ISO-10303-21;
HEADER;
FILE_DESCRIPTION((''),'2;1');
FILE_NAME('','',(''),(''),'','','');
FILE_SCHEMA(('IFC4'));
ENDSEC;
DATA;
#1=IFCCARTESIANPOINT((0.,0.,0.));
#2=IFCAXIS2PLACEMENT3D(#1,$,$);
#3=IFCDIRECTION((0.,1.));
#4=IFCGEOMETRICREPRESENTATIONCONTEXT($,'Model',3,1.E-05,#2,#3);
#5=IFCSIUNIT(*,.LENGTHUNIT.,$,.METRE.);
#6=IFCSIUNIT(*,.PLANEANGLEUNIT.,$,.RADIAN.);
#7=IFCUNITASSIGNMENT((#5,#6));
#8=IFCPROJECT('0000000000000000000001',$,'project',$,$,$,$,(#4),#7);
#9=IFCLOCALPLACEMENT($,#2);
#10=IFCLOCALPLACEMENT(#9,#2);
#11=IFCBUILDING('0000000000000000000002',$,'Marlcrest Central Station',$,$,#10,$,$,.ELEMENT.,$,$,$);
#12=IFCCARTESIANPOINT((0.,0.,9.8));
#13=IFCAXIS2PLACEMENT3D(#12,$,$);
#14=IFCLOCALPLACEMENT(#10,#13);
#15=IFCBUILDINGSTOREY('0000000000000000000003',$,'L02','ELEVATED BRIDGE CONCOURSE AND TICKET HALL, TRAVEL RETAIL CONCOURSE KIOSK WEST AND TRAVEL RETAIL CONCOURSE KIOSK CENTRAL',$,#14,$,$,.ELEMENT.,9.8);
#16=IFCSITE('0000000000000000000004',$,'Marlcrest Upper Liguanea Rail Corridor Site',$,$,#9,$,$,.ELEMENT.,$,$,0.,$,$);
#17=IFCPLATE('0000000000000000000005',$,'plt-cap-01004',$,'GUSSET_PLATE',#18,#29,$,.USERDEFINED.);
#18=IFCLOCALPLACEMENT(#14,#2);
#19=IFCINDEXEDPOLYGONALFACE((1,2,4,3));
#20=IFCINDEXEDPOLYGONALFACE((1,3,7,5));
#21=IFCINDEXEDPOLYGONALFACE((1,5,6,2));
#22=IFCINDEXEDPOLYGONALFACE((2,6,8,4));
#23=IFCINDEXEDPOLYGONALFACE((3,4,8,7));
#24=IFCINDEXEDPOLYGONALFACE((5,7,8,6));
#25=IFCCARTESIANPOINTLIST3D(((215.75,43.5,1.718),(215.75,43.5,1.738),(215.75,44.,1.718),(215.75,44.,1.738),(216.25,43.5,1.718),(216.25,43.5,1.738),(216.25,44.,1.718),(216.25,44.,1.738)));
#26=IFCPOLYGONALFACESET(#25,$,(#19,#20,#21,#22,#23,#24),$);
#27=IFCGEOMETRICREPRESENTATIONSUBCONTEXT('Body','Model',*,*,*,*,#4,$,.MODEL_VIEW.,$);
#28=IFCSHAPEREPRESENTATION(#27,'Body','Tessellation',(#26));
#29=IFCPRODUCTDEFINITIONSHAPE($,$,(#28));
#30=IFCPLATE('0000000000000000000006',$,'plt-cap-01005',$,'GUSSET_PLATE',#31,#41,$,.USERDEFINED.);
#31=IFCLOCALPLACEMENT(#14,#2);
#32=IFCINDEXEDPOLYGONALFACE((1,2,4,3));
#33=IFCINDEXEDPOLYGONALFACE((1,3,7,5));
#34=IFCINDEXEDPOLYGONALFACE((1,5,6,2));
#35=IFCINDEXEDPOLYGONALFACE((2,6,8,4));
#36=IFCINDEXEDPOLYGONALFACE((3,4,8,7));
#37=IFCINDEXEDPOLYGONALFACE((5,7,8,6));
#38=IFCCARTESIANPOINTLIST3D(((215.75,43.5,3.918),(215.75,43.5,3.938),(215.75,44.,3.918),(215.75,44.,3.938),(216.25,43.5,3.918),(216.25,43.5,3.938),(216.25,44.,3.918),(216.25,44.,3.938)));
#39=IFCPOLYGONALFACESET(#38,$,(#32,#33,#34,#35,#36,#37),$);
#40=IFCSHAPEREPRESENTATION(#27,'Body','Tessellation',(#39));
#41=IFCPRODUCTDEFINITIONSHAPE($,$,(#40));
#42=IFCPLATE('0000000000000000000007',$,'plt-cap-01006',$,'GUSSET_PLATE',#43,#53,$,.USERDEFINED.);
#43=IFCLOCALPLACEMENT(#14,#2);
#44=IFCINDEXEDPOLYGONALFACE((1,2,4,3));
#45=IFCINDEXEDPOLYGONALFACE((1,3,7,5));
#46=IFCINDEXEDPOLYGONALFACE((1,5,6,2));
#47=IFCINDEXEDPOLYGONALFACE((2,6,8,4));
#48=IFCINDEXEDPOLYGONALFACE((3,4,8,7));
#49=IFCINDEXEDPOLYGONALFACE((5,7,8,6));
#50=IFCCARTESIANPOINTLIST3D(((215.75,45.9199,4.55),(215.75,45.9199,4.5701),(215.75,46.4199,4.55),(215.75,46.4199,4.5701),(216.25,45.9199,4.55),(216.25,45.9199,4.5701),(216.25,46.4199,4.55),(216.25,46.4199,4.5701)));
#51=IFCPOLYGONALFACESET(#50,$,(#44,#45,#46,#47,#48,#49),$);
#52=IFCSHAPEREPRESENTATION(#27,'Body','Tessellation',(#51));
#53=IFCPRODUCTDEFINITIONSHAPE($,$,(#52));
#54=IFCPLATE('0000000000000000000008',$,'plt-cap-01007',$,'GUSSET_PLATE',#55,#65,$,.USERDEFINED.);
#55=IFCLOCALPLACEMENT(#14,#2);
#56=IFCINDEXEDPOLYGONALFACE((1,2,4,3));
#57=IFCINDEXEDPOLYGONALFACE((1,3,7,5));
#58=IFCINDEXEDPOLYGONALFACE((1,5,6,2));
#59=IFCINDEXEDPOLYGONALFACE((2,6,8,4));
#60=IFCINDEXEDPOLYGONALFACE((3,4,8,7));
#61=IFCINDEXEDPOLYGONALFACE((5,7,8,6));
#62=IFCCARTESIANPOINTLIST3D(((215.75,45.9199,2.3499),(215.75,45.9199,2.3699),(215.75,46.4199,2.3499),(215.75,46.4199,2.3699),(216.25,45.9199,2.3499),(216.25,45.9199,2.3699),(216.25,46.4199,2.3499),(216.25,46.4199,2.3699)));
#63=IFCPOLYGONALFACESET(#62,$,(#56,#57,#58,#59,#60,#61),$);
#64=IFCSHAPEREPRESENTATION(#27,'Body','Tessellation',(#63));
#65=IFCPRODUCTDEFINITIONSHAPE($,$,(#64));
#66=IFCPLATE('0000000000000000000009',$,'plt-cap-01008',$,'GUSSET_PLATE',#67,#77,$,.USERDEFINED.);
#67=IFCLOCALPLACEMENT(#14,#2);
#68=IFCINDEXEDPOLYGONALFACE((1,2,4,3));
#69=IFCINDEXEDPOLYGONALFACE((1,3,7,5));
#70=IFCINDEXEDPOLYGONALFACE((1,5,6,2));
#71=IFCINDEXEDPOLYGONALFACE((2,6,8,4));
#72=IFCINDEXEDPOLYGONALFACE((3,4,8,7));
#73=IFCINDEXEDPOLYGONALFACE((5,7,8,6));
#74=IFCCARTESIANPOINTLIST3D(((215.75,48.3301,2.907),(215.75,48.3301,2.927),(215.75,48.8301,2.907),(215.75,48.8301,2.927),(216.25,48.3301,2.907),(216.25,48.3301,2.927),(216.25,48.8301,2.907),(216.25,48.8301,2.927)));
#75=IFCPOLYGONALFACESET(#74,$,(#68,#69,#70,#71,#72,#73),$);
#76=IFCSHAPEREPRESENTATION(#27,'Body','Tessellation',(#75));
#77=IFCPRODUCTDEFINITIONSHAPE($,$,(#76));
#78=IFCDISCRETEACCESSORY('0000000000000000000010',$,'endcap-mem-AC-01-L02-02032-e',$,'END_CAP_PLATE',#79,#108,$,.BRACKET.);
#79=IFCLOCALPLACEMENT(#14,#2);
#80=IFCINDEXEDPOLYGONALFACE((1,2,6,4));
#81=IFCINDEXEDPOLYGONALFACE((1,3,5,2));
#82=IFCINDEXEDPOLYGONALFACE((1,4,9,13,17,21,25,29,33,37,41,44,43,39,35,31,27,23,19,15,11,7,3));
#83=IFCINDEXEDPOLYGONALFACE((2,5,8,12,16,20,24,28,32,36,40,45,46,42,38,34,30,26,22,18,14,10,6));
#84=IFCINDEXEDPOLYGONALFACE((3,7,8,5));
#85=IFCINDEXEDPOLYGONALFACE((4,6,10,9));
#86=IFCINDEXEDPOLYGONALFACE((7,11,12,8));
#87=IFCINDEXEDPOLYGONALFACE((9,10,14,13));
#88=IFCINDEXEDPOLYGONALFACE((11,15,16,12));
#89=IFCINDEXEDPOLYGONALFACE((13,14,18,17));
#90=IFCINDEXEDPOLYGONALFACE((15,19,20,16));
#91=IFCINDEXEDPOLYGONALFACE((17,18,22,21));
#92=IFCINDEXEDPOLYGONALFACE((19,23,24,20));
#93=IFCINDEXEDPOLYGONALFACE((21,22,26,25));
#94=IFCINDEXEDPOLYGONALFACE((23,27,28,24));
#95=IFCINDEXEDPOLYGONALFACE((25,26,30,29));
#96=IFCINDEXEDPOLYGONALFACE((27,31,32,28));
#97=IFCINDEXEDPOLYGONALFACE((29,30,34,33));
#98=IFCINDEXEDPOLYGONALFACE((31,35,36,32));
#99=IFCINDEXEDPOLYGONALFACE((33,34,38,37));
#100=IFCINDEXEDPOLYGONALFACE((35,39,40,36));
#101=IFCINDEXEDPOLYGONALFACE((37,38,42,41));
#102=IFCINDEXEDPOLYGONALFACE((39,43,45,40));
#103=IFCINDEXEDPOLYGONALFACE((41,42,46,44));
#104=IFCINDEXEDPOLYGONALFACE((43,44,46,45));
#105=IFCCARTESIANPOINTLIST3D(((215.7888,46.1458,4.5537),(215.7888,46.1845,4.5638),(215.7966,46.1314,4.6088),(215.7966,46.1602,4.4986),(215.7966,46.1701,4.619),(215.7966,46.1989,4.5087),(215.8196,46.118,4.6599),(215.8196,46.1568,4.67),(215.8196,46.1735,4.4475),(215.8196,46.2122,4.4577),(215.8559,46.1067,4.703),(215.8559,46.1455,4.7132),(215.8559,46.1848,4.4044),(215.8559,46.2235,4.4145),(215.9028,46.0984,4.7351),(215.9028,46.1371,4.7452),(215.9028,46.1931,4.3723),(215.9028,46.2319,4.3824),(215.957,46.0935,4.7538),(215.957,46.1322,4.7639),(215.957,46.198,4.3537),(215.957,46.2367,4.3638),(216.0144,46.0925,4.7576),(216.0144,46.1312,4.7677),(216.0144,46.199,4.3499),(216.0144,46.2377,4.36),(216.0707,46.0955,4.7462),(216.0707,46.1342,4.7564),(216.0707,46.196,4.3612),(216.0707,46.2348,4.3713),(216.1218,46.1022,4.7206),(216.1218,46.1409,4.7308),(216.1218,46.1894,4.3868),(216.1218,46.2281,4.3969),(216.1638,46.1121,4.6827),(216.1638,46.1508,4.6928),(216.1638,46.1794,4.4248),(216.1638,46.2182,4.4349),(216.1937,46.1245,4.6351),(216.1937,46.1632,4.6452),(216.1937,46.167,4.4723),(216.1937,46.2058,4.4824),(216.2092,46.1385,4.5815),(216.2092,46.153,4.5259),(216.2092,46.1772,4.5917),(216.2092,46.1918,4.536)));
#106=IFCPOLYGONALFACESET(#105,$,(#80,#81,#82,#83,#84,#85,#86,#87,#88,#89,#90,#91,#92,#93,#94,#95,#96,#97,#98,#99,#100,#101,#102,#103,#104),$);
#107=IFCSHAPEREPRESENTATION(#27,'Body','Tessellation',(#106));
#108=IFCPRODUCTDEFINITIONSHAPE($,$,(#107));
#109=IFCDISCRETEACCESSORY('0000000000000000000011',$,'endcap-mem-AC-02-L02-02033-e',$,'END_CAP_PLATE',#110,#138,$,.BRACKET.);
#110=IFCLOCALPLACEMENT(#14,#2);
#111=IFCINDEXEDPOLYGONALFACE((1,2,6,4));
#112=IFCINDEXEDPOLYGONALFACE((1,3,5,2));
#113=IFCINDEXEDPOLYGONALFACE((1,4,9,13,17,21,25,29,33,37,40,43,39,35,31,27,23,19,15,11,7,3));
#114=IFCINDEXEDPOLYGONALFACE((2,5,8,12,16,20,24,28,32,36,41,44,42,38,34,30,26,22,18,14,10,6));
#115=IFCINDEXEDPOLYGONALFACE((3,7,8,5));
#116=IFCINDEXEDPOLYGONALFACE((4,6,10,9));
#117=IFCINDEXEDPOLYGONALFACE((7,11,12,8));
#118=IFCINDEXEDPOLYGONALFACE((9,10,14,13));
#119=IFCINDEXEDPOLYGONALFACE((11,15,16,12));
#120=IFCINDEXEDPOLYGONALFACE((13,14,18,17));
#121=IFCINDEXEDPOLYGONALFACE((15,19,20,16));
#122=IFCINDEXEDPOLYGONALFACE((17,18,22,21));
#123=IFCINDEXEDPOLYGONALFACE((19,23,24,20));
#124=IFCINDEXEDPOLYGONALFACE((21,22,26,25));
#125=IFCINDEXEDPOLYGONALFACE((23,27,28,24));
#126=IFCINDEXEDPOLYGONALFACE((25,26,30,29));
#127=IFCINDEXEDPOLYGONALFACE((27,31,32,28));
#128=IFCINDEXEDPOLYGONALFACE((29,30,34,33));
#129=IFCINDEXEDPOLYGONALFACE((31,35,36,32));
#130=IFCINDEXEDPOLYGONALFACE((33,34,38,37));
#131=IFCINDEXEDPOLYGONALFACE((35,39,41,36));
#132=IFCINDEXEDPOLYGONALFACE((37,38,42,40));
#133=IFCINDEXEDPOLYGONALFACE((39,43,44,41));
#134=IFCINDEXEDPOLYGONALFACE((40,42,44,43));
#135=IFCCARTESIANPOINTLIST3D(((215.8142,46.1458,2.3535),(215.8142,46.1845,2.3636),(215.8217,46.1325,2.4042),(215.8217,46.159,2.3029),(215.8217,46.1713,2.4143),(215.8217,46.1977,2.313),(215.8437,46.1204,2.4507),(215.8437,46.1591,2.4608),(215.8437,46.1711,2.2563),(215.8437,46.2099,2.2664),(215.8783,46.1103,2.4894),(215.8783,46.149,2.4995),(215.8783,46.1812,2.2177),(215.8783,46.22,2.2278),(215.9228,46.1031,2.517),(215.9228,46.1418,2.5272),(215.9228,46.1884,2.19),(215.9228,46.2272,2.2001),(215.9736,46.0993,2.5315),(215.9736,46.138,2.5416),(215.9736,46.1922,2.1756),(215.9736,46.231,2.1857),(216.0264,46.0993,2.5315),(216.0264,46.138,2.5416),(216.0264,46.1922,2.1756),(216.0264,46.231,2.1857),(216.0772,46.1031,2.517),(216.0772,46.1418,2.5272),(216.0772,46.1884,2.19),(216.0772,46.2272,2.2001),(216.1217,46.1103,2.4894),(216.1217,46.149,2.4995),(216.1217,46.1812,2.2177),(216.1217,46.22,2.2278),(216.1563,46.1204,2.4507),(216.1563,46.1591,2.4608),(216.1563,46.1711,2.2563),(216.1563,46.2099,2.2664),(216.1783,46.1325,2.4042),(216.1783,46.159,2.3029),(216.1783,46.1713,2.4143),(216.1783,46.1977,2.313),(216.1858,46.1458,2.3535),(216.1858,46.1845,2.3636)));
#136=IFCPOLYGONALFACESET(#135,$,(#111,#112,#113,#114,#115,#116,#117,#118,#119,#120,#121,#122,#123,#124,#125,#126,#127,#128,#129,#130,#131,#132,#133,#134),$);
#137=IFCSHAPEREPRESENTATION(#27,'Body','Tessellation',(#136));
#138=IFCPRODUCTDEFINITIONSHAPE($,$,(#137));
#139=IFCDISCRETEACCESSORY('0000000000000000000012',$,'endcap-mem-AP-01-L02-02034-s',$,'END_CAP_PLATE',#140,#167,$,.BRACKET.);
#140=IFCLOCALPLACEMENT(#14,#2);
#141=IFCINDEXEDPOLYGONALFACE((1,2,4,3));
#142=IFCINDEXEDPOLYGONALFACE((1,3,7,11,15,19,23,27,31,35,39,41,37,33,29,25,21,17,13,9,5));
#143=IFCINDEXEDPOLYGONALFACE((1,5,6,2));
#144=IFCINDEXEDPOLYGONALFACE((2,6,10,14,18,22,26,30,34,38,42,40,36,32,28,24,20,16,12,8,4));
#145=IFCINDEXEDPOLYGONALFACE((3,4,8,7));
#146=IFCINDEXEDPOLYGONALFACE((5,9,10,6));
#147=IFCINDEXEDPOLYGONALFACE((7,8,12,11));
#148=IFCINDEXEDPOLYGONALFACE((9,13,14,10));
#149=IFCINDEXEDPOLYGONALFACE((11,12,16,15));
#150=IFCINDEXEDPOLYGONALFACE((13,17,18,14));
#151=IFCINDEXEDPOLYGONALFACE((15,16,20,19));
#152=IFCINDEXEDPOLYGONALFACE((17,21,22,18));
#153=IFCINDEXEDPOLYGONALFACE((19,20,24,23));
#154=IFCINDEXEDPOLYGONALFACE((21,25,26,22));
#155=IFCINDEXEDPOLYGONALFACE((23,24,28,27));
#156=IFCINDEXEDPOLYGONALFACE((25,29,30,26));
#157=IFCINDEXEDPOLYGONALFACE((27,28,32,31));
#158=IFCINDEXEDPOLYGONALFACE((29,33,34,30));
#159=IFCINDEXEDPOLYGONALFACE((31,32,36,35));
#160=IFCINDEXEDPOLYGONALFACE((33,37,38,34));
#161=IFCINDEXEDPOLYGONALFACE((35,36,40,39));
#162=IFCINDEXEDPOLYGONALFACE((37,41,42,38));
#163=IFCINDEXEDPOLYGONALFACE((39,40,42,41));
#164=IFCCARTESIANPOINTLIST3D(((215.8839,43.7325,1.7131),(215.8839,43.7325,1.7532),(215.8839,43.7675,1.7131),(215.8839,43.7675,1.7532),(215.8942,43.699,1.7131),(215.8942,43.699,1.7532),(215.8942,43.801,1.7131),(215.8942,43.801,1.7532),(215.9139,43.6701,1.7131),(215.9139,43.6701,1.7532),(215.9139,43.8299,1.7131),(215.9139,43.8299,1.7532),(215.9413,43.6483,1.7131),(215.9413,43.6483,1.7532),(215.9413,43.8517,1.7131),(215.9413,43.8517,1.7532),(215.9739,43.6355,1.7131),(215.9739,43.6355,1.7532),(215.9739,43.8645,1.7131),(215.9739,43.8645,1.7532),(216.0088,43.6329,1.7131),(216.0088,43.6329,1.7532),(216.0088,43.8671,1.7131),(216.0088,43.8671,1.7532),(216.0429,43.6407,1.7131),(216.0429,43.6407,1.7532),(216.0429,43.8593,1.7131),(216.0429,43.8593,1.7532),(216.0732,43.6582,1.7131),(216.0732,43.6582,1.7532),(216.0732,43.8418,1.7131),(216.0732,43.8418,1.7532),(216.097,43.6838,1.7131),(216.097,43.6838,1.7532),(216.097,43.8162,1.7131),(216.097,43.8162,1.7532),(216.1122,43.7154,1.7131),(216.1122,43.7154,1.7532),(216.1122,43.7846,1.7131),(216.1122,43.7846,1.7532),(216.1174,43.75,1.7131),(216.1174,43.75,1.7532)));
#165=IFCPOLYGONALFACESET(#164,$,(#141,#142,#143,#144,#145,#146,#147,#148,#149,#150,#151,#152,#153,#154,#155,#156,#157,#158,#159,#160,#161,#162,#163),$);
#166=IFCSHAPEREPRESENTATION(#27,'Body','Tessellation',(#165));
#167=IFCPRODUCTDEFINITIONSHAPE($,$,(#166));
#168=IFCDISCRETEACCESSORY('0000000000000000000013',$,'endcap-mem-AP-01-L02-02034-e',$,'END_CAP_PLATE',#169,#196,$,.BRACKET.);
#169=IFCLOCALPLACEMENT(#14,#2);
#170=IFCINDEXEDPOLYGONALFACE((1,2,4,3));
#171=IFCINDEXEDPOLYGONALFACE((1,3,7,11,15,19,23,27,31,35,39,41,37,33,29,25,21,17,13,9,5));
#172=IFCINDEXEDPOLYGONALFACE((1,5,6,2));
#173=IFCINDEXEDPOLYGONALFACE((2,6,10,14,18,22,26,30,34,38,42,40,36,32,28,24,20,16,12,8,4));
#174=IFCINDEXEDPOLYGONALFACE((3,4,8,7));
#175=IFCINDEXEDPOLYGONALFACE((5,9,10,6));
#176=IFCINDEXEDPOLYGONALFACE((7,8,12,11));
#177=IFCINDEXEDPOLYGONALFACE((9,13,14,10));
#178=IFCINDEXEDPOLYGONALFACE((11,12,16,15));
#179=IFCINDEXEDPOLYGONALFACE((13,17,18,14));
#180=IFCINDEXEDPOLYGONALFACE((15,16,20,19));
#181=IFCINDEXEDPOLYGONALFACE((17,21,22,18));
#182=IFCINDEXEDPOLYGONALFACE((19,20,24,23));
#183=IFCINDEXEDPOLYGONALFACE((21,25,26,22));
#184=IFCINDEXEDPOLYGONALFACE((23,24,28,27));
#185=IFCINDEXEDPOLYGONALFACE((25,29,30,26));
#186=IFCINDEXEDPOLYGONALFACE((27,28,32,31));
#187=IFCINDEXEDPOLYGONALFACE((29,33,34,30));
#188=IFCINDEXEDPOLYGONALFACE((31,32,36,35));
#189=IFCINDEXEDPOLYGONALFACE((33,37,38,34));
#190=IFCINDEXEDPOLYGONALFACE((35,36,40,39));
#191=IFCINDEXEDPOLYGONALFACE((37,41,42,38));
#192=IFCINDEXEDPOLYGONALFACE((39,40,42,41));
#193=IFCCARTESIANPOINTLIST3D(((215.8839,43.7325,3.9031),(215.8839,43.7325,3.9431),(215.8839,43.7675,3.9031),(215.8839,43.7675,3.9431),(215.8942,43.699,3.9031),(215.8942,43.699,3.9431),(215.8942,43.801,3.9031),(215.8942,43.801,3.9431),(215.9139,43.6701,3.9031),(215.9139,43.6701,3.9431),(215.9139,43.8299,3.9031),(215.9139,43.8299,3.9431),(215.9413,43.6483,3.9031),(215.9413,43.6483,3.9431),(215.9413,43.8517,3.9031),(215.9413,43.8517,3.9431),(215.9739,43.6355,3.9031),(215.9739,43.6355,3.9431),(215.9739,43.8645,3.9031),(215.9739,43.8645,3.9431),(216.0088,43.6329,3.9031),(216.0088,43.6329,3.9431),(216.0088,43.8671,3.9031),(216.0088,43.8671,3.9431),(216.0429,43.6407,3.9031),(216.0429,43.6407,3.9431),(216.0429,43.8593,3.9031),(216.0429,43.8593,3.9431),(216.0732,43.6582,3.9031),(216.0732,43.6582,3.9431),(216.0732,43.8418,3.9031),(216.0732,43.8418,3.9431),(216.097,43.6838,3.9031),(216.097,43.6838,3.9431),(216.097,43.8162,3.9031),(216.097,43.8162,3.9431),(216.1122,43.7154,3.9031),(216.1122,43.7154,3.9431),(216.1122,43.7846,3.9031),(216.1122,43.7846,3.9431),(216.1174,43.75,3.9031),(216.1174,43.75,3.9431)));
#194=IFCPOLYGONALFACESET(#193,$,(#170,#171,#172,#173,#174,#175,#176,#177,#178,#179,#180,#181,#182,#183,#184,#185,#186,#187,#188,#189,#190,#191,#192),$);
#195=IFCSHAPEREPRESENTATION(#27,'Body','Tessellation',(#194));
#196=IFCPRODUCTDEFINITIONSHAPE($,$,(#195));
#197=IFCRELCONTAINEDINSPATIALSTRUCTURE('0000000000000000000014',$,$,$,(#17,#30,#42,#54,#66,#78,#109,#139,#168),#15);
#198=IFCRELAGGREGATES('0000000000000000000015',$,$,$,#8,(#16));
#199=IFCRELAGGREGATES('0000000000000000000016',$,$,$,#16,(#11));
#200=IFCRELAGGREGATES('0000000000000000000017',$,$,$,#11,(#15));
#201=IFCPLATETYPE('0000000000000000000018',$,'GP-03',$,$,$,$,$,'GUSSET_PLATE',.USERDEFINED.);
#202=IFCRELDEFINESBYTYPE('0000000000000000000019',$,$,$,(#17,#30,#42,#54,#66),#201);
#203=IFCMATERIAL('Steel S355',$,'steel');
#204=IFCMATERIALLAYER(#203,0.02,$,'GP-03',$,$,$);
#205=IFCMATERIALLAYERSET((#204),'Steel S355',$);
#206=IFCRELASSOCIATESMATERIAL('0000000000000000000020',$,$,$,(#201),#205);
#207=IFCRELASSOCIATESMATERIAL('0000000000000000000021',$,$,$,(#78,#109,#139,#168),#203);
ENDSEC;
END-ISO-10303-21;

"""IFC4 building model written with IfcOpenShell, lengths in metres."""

from ifc_helpers import new_model, si_unit, direction, frame, origin, origin_2d, place, context, subcontext, project, spatial, rectangle, circle, extrude, material, layer, layer_set, type_object, element, save


model = new_model("IFC4")

# Units and contexts
model_context = context("Model", 3, precision=1e-05, world=origin(), true_north=direction((0.0, 1.0)))
body_context = subcontext(model_context, "Body", "Model", "MODEL_VIEW")
ifc_project = project(units=[si_unit("LENGTHUNIT", "METRE"), si_unit("PLANEANGLEUNIT", "RADIAN")], contexts=[model_context])

# Site, building, storey
site_placement = place(None, origin())
site = spatial("IfcSite", under=ifc_project, at=site_placement, Name="Marlcrest Upper Liguanea Rail Corridor Site", CompositionType="ELEMENT", RefElevation=0.0)
building_placement = place(site_placement, origin())
building = spatial("IfcBuilding", under=site, at=building_placement, Name="Marlcrest Central Station", CompositionType="ELEMENT")
storey_placement = place(building_placement, frame((0.0, 0.0, 9.8)))
storey = spatial("IfcBuildingStorey", under=building, at=storey_placement, Name="L02", Description="ELEVATED BRIDGE CONCOURSE AND TICKET HALL, TRAVEL RETAIL CONCOURSE KIOSK WEST AND TRAVEL RETAIL CONCOURSE KIOSK CENTRAL", CompositionType="ELEMENT", Elevation=9.8)

# Shared definitions
ifc_material = material(Name="Steel S355", Category="steel")

# Plates
ifc_layer = layer(ifc_material, 0.02, Name="GP-03")
ifc_layer_set = layer_set([ifc_layer], Name="Steel S355")
plate_type = type_object("IfcPlateType", Name="GP-03", ElementType="GUSSET_PLATE", PredefinedType="USERDEFINED", material=ifc_layer_set)
for number, where, z_axis, x_axis, name in (
    (1, (216.0, 43.75, 1.718), (0.0, 0.0, 1.0), (1.0, 0.0, 0.0), "plt-cap-01004"),
    (2, (216.0, 43.75, 3.918), (0.0, 0.0, 1.0), (1.0, 0.0, 0.0), "plt-cap-01005"),
    (3, (216.0, 46.1699, 4.55), (0.0, 0.0, 1.0), (1.0, 0.0, 0.0), "plt-cap-01006"),
    (4, (216.0, 46.1699, 2.3499), (0.0, 0.0, 1.0), (1.0, 0.0, 0.0), "plt-cap-01007"),
    (5, (216.0, 48.5801, 2.907), (0.0, 0.0, 1.0), (1.0, 0.0, 0.0), "plt-cap-01008"),
):
    element("IfcPlate", number, at=place(storey_placement, frame(where, z_axis=z_axis, x_axis=x_axis)), inside=storey, type_object=plate_type, Name=name, ObjectType="GUSSET_PLATE", PredefinedType="USERDEFINED", context=body_context, shape_type="SweptSolid", body=[
        extrude(rectangle(XDim=0.5, YDim=0.5, at=origin_2d()), origin(), (0.0, 0.0, 1.0), 0.02),
    ])

# Discrete accessories
discrete_accessory_1_placement = place(storey_placement, frame((216.0, 46.1458, 4.5537), z_axis=(0.0, 0.967539, 0.25272), x_axis=(-1.0, 0.0, 0.0)))
element("IfcDiscreteAccessory", 6, at=discrete_accessory_1_placement, inside=storey, material=ifc_material, Name="endcap-mem-AC-01-L02-02032-e", ObjectType="END_CAP_PLATE", PredefinedType="BRACKET", context=body_context, shape_type="SweptSolid", body=[
    extrude(circle(Radius=0.2112, at=origin_2d()), origin(), (0.0, 0.0, 1.0), 0.04),
])
discrete_accessory_2_placement = place(storey_placement, frame((216.0, 46.1458, 2.3535), z_axis=(0.0, 0.967563, 0.252629), x_axis=(-1.0, 0.0, 0.0)))
element("IfcDiscreteAccessory", 7, at=discrete_accessory_2_placement, inside=storey, material=ifc_material, Name="endcap-mem-AC-02-L02-02033-e", ObjectType="END_CAP_PLATE", PredefinedType="BRACKET", context=body_context, shape_type="SweptSolid", body=[
    extrude(circle(Radius=0.1858, at=origin_2d()), origin(), (0.0, 0.0, 1.0), 0.04),
])
for number, where, z_axis, x_axis, name in (
    (8, (216.0, 43.75, 1.7131), (0.0, 0.0, 1.0), (1.0, 0.0, 0.0), "endcap-mem-AP-01-L02-02034-s"),
    (9, (216.0, 43.75, 3.9031), (0.0, 0.0, 1.0), (1.0, 0.0, 0.0), "endcap-mem-AP-01-L02-02034-e"),
):
    element("IfcDiscreteAccessory", number, at=place(storey_placement, frame(where, z_axis=z_axis, x_axis=x_axis)), inside=storey, material=ifc_material, Name=name, ObjectType="END_CAP_PLATE", PredefinedType="BRACKET", context=body_context, shape_type="SweptSolid", body=[
        extrude(circle(Radius=0.1174, at=origin_2d()), origin(), (0.0, 0.0, 1.0), 0.04),
    ])

save(model, "model.ifc")
